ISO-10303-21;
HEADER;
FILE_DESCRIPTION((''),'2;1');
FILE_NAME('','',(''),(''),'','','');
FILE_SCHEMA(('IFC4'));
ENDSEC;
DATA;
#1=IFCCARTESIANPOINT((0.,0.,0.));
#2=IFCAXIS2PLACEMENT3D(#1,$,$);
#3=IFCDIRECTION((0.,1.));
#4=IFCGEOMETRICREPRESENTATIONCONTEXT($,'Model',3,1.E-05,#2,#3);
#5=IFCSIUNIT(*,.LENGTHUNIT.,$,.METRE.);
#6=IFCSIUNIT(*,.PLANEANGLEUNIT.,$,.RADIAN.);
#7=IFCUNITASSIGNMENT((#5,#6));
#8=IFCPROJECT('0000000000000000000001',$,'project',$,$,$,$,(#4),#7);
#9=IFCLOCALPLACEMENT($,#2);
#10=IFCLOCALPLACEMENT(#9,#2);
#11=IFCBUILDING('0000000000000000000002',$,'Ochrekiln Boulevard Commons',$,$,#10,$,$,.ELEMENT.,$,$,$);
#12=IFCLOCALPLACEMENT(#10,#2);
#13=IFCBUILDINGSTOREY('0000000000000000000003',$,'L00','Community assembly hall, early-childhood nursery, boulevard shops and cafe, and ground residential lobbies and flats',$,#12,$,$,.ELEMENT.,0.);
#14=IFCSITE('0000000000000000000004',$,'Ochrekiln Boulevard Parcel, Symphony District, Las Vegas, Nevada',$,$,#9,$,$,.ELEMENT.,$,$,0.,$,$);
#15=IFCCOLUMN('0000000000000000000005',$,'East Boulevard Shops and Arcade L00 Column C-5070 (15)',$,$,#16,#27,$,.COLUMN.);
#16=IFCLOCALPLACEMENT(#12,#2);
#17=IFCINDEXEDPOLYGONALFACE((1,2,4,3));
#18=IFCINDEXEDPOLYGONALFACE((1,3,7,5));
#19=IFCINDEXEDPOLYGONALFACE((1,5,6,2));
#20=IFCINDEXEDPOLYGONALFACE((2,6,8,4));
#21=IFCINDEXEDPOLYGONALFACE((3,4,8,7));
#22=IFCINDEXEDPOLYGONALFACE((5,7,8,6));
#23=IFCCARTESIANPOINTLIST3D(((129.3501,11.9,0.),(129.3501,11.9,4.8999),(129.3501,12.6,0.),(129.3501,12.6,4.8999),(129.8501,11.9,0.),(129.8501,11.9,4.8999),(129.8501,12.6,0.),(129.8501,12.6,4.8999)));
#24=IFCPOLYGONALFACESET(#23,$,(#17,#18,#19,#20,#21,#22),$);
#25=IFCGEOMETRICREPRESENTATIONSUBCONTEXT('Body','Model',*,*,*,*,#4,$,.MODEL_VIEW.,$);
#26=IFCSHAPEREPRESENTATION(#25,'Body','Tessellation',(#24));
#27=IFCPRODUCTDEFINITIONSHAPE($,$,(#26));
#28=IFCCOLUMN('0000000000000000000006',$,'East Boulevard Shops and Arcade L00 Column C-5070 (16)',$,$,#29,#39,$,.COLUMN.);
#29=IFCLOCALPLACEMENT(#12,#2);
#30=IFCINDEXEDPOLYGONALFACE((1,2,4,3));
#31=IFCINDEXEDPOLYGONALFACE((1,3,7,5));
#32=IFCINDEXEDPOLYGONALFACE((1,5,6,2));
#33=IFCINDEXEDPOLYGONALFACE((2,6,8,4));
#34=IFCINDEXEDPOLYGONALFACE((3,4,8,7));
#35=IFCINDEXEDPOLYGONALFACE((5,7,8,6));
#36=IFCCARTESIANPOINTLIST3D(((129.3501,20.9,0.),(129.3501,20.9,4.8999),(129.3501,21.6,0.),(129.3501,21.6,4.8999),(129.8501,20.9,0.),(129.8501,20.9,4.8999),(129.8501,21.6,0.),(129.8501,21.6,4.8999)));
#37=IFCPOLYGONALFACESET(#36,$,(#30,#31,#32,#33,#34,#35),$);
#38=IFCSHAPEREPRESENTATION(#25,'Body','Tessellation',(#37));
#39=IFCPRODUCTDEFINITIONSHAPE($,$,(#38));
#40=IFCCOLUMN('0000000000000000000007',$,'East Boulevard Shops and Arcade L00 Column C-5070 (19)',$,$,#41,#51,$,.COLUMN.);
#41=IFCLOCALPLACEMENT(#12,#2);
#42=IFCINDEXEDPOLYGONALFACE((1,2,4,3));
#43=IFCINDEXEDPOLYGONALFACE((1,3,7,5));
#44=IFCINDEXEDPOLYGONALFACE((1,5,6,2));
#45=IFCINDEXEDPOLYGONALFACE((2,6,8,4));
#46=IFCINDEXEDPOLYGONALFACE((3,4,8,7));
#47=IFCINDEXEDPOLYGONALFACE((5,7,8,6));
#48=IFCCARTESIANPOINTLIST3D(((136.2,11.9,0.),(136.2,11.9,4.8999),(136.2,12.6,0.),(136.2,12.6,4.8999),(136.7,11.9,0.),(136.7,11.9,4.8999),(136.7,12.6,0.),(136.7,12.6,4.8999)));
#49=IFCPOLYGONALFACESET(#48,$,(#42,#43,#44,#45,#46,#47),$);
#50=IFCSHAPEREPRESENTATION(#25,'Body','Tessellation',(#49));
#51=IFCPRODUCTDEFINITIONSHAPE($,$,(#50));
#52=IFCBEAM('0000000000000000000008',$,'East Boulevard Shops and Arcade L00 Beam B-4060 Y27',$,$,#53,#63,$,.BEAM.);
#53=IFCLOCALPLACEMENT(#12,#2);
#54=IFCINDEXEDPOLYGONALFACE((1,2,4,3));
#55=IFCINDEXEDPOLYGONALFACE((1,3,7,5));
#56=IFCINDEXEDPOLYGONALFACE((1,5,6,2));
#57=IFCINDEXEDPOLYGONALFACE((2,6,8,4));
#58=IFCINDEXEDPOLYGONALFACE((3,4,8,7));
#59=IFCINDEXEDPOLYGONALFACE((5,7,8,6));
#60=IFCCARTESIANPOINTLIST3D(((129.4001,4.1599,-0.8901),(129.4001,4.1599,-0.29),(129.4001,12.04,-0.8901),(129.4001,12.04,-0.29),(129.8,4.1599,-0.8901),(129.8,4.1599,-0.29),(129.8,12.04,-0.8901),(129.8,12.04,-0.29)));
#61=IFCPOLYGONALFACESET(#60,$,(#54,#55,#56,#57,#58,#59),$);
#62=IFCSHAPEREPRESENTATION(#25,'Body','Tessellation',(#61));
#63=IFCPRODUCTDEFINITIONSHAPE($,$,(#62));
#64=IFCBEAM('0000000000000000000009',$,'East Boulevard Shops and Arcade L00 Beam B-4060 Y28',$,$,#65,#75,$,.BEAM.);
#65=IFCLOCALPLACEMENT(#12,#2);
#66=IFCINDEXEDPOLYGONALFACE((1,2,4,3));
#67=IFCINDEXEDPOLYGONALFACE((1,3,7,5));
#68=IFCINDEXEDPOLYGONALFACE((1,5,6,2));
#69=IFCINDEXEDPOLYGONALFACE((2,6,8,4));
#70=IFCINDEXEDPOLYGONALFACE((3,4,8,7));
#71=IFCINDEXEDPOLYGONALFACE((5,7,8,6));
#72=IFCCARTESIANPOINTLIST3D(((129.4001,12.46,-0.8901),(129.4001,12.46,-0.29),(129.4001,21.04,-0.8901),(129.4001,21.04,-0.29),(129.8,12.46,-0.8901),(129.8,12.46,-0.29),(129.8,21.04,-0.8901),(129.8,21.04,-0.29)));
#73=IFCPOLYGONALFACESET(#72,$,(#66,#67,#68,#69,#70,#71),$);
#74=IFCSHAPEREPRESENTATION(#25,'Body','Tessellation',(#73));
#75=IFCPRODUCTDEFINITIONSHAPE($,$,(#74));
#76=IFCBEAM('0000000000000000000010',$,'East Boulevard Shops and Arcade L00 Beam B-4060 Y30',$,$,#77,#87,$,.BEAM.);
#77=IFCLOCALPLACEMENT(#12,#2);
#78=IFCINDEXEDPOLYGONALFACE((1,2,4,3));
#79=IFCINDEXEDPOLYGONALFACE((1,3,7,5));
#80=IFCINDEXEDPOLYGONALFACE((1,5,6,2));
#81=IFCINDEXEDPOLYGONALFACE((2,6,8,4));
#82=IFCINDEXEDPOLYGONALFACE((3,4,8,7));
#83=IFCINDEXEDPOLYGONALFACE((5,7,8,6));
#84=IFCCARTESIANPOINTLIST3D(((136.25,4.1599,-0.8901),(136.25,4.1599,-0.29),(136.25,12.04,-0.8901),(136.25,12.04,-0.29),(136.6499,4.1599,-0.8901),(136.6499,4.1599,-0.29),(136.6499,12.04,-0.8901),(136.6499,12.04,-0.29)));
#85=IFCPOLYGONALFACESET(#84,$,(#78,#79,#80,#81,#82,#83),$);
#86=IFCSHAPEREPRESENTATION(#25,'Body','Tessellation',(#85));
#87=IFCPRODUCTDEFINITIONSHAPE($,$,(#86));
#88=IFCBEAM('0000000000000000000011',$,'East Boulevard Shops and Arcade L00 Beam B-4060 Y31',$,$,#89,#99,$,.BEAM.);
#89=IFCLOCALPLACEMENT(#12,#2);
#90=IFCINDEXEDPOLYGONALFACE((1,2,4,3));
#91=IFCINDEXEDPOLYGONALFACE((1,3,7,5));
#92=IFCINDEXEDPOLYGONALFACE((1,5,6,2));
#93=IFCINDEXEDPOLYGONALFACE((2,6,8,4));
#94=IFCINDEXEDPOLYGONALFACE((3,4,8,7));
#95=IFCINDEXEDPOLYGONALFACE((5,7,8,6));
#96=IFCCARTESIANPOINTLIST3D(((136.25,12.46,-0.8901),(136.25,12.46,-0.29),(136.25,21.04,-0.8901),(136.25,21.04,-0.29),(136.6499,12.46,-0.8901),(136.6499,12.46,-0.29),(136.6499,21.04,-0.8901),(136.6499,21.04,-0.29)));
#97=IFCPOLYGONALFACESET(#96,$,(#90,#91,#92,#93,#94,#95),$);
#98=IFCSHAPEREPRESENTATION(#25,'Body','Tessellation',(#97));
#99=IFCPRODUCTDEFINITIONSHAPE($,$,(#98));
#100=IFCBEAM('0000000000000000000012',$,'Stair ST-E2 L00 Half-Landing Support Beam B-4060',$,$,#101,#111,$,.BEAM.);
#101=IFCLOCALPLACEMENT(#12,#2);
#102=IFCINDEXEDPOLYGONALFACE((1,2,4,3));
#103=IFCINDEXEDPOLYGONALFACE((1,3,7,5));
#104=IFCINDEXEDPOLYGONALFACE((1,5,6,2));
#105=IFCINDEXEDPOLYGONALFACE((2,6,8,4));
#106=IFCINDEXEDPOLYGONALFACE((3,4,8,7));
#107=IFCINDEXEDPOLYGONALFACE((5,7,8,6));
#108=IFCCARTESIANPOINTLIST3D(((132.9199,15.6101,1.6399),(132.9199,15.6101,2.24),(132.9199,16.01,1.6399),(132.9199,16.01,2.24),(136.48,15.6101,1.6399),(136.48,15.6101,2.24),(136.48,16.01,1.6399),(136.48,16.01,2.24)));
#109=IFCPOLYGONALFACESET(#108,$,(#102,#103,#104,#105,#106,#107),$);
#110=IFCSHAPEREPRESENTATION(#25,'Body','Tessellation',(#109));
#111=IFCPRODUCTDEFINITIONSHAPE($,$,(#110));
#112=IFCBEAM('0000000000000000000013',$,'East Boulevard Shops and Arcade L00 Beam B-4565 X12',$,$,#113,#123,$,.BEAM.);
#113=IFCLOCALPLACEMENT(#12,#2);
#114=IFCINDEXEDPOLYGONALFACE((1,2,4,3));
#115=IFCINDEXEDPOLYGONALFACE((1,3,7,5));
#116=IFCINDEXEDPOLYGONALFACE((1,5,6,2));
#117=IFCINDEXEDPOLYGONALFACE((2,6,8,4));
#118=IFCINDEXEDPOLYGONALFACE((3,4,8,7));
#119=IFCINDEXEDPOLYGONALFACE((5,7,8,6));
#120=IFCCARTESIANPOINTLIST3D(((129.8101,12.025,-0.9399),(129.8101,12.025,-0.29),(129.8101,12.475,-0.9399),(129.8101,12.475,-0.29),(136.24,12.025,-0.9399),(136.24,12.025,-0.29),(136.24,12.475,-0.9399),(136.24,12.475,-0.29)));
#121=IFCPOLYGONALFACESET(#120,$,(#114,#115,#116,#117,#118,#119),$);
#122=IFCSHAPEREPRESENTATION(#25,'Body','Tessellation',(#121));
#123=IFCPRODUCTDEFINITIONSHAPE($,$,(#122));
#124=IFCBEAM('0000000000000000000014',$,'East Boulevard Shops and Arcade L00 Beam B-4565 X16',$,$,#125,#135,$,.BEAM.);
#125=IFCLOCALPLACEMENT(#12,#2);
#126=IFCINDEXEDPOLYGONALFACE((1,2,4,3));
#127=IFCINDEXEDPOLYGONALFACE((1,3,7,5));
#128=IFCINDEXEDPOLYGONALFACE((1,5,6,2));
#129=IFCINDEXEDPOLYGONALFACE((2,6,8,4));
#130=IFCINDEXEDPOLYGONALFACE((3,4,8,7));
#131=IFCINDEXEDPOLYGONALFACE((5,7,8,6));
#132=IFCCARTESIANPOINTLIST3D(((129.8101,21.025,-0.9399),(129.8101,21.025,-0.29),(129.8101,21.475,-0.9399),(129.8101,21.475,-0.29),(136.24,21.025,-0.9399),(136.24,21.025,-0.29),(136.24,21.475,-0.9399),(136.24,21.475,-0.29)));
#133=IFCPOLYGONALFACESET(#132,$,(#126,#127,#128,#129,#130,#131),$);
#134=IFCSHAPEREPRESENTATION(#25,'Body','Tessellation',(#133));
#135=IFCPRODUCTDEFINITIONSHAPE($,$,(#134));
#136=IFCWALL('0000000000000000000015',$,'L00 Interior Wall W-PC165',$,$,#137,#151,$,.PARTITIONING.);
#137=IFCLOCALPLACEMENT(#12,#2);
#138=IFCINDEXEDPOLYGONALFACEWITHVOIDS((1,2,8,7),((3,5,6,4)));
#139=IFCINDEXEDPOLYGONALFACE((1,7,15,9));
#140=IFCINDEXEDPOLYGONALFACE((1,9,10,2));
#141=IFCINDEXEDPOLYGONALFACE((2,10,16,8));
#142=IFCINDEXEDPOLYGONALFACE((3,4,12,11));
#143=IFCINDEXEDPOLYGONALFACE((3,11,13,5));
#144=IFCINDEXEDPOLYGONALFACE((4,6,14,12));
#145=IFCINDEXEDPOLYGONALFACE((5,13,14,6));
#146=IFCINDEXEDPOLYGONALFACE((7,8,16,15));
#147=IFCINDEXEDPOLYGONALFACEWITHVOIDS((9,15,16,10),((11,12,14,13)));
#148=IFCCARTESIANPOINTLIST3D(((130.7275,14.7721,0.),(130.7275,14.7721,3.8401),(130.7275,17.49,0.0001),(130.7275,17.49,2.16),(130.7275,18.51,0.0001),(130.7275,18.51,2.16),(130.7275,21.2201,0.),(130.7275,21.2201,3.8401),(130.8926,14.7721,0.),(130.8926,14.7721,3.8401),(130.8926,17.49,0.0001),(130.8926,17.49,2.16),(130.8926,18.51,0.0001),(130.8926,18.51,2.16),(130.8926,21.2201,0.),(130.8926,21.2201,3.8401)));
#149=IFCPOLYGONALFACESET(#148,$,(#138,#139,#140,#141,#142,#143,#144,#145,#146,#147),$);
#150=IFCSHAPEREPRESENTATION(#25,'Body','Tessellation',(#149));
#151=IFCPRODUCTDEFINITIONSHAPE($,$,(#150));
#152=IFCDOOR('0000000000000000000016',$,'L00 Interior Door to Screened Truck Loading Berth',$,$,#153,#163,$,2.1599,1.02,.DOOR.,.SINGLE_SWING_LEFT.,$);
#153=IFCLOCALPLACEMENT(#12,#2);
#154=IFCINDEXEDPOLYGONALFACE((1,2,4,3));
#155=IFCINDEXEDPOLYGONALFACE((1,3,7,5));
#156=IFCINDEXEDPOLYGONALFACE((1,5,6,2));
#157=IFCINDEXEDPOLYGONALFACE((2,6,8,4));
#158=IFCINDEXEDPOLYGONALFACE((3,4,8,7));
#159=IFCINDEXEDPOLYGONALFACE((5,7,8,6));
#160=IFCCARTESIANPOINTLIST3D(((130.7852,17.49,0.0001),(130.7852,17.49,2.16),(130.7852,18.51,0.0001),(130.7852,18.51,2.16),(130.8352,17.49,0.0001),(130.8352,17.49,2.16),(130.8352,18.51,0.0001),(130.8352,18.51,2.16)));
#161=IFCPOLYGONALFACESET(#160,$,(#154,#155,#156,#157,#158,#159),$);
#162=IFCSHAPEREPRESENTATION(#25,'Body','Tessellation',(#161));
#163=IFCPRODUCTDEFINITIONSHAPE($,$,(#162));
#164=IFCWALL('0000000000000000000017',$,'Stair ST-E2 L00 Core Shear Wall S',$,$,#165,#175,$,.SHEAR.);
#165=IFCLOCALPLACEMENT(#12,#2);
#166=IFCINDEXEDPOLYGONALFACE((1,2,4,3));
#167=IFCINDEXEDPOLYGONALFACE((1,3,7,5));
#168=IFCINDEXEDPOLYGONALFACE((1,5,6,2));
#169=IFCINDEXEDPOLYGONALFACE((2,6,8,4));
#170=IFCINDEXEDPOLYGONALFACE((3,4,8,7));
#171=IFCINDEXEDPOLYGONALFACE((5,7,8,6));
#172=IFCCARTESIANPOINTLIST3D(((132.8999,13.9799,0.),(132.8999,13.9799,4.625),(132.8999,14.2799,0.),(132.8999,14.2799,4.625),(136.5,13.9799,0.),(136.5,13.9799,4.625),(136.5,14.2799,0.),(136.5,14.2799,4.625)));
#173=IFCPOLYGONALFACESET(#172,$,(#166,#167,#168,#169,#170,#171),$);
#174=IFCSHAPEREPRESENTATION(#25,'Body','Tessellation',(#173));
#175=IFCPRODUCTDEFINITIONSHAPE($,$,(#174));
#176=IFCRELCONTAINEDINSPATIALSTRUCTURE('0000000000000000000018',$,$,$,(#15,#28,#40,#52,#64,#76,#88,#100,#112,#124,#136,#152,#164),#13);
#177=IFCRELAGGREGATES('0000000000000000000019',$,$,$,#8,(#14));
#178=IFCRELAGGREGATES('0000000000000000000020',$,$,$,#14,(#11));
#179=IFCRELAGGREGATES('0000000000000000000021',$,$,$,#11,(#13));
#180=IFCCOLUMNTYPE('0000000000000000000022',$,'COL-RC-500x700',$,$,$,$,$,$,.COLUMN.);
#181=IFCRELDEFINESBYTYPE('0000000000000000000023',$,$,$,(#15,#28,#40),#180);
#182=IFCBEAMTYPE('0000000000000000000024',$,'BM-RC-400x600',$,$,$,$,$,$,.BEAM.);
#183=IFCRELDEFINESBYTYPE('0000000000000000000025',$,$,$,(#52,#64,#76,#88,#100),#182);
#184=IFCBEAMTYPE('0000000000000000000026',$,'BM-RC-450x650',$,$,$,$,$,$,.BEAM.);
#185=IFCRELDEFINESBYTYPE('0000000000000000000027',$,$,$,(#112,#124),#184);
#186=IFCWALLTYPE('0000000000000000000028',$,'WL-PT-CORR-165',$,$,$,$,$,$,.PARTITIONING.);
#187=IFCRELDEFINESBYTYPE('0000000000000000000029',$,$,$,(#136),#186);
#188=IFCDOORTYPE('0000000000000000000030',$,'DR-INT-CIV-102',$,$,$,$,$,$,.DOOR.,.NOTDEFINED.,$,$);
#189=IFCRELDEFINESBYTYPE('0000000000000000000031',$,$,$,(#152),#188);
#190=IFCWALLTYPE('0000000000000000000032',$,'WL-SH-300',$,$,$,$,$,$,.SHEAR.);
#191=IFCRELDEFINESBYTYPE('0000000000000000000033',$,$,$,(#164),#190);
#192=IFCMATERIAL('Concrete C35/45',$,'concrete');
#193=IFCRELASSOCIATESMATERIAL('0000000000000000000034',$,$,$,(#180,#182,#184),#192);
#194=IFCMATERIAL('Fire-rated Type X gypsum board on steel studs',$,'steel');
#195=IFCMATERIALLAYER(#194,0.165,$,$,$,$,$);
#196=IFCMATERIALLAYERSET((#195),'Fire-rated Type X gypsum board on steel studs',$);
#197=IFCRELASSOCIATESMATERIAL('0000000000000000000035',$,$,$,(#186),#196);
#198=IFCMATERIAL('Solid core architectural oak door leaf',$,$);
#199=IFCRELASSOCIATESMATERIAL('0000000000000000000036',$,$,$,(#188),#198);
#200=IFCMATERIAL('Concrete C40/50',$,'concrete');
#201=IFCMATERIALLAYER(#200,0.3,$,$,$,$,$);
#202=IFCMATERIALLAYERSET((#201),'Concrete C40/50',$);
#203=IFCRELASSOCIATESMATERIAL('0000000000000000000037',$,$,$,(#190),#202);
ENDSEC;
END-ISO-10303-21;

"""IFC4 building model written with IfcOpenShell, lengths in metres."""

from ifc_helpers import new_model, si_unit, direction, frame, frame_2d, origin, origin_2d, place, context, subcontext, project, spatial, rectangle, extrude, material, layer, layer_set, material_profile, profile_set, type_object, element, fill, save


model = new_model("IFC4")

# Units and contexts
model_context = context("Model", 3, precision=1e-05, world=origin(), true_north=direction((0.0, 1.0)))
body_context = subcontext(model_context, "Body", "Model", "MODEL_VIEW")
ifc_project = project(units=[si_unit("LENGTHUNIT", "METRE"), si_unit("PLANEANGLEUNIT", "RADIAN")], contexts=[model_context])

# Site, building, storey
site_placement = place(None, origin())
site = spatial("IfcSite", under=ifc_project, at=site_placement, Name="Ochrekiln Boulevard Parcel, Symphony District, Las Vegas, Nevada", CompositionType="ELEMENT", RefElevation=0.0)
building_placement = place(site_placement, origin())
building = spatial("IfcBuilding", under=site, at=building_placement, Name="Ochrekiln Boulevard Commons", CompositionType="ELEMENT")
storey_placement = place(building_placement, origin())
storey = spatial("IfcBuildingStorey", under=building, at=storey_placement, Name="L00", Description="Community assembly hall, early-childhood nursery, boulevard shops and cafe, and ground residential lobbies and flats", CompositionType="ELEMENT", Elevation=0.0)

# Columns
ifc_material_1 = material(Name="Concrete C35/45", Category="concrete")
ifc_material_profile_1 = material_profile(ifc_material_1, rectangle(XDim=0.5, YDim=0.7, at=origin_2d()), Name="RC-COL-500x700")
ifc_profile_set_1 = profile_set([ifc_material_profile_1], Name="Concrete C35/45")
column_type = type_object("IfcColumnType", Name="COL-RC-500x700", PredefinedType="COLUMN", material=ifc_profile_set_1)
for number, where, z_axis, x_axis, name in (
    (1, (129.6001, 12.25, 0.0), (0.0, 0.0, 1.0), (1.0, 0.0, 0.0), "East Boulevard Shops and Arcade L00 Column C-5070 (15)"),
    (2, (129.6001, 21.25, 0.0), (0.0, 0.0, 1.0), (1.0, 0.0, 0.0), "East Boulevard Shops and Arcade L00 Column C-5070 (16)"),
    (3, (136.45, 12.25, 0.0), (0.0, 0.0, 1.0), (1.0, 0.0, 0.0), "East Boulevard Shops and Arcade L00 Column C-5070 (19)"),
):
    element("IfcColumn", number, at=place(storey_placement, frame(where, z_axis=z_axis, x_axis=x_axis)), inside=storey, type_object=column_type, Name=name, PredefinedType="COLUMN", context=body_context, shape_type="SweptSolid", body=[
        extrude(rectangle(XDim=0.5, YDim=0.7, at=origin_2d()), origin(), (0.0, 0.0, 1.0), 4.8999),
    ])

# Beams
ifc_material_profile_2 = material_profile(ifc_material_1, rectangle(XDim=0.3999, YDim=0.6001, at=origin_2d()), Name="RC-BM-400x600")
ifc_profile_set_2 = profile_set([ifc_material_profile_2], Name="Concrete C35/45")
beam_type_1 = type_object("IfcBeamType", Name="BM-RC-400x600", PredefinedType="BEAM", material=ifc_profile_set_2)
beam_1_placement = place(storey_placement, frame((129.6001, 4.1599, -0.5901), z_axis=(0.0, 1.0, 0.0), x_axis=(-1.0, 0.0, 0.0)))
element("IfcBeam", 4, at=beam_1_placement, inside=storey, type_object=beam_type_1, Name="East Boulevard Shops and Arcade L00 Beam B-4060 Y27", PredefinedType="BEAM", context=body_context, shape_type="SweptSolid", body=[
    extrude(rectangle(XDim=0.3999, YDim=0.6001, at=origin_2d()), origin(), (0.0, 0.0, 1.0), 7.8801),
])
beam_2_placement = place(storey_placement, frame((129.6001, 12.46, -0.5901), z_axis=(0.0, 1.0, 0.0), x_axis=(-1.0, 0.0, 0.0)))
element("IfcBeam", 5, at=beam_2_placement, inside=storey, type_object=beam_type_1, Name="East Boulevard Shops and Arcade L00 Beam B-4060 Y28", PredefinedType="BEAM", context=body_context, shape_type="SweptSolid", body=[
    extrude(rectangle(XDim=0.3999, YDim=0.6001, at=origin_2d()), origin(), (0.0, 0.0, 1.0), 8.5801),
])
beam_3_placement = place(storey_placement, frame((136.45, 4.1599, -0.5901), z_axis=(0.0, 1.0, 0.0), x_axis=(-1.0, 0.0, 0.0)))
element("IfcBeam", 6, at=beam_3_placement, inside=storey, type_object=beam_type_1, Name="East Boulevard Shops and Arcade L00 Beam B-4060 Y30", PredefinedType="BEAM", context=body_context, shape_type="SweptSolid", body=[
    extrude(rectangle(XDim=0.3999, YDim=0.6001, at=origin_2d()), origin(), (0.0, 0.0, 1.0), 7.8801),
])
beam_4_placement = place(storey_placement, frame((136.45, 12.46, -0.5901), z_axis=(0.0, 1.0, 0.0), x_axis=(-1.0, 0.0, 0.0)))
element("IfcBeam", 7, at=beam_4_placement, inside=storey, type_object=beam_type_1, Name="East Boulevard Shops and Arcade L00 Beam B-4060 Y31", PredefinedType="BEAM", context=body_context, shape_type="SweptSolid", body=[
    extrude(rectangle(XDim=0.3999, YDim=0.6001, at=origin_2d()), origin(), (0.0, 0.0, 1.0), 8.5801),
])
beam_5_placement = place(storey_placement, frame((132.9199, 15.8101, 1.9399), z_axis=(1.0, 0.0, 0.0), x_axis=(0.0, 1.0, 0.0)))
element("IfcBeam", 8, at=beam_5_placement, inside=storey, type_object=beam_type_1, Name="Stair ST-E2 L00 Half-Landing Support Beam B-4060", PredefinedType="BEAM", context=body_context, shape_type="SweptSolid", body=[
    extrude(rectangle(XDim=0.3999, YDim=0.6001, at=origin_2d()), origin(), (0.0, 0.0, 1.0), 3.5601),
])
ifc_material_profile_3 = material_profile(ifc_material_1, rectangle(XDim=0.45, YDim=0.6499, at=origin_2d()), Name="RC-BM-450x650")
ifc_profile_set_3 = profile_set([ifc_material_profile_3], Name="Concrete C35/45")
beam_type_2 = type_object("IfcBeamType", Name="BM-RC-450x650", PredefinedType="BEAM", material=ifc_profile_set_3)
for number, where, z_axis, x_axis, name in (
    (9, (129.8101, 12.25, -0.615), (1.0, 0.0, 0.0), (0.0, 1.0, 0.0), "East Boulevard Shops and Arcade L00 Beam B-4565 X12"),
    (10, (129.8101, 21.25, -0.615), (1.0, 0.0, 0.0), (0.0, 1.0, 0.0), "East Boulevard Shops and Arcade L00 Beam B-4565 X16"),
):
    element("IfcBeam", number, at=place(storey_placement, frame(where, z_axis=z_axis, x_axis=x_axis)), inside=storey, type_object=beam_type_2, Name=name, PredefinedType="BEAM", context=body_context, shape_type="SweptSolid", body=[
        extrude(rectangle(XDim=0.45, YDim=0.6499, at=origin_2d()), origin(), (0.0, 0.0, 1.0), 6.4299),
    ])

# Wall, opening, door
ifc_material_2 = material(Name="Fire-rated Type X gypsum board on steel studs", Category="steel")
ifc_layer_1 = layer(ifc_material_2, 0.165)
ifc_layer_set_1 = layer_set([ifc_layer_1], Name="Fire-rated Type X gypsum board on steel studs")
wall_type_1 = type_object("IfcWallType", Name="WL-PT-CORR-165", PredefinedType="PARTITIONING", material=ifc_layer_set_1)
wall_1_placement = place(storey_placement, frame((130.8101, 14.772, 0.0), z_axis=(0.0, 0.0, 1.0), x_axis=(0.0, 1.0, 0.0)))
wall_1 = element("IfcWall", 11, at=wall_1_placement, inside=storey, type_object=wall_type_1, Name="L00 Interior Wall W-PC165", PredefinedType="PARTITIONING", context=body_context, shape_type="SweptSolid", body=[
    extrude(rectangle(XDim=6.448, YDim=0.165, at=frame_2d((3.2241, 0.0))), origin(), (0.0, 0.0, 1.0), 3.8401),
])
opening_1_placement = place(wall_1_placement, frame((2.718, 0.0, 0.0)))
opening_1 = element("IfcOpeningElement", 12, at=opening_1_placement, cuts=wall_1, PredefinedType="OPENING", context=body_context, shape_type="SweptSolid", body=[
    extrude(rectangle(XDim=1.02, YDim=2.1599, at=frame_2d((0.51, 1.0801))), frame((0.0, 0.0925, 0.0), z_axis=(0.0, -1.0, 0.0), x_axis=(1.0, 0.0, 0.0)), (0.0, 0.0, 1.0), 0.1851),
])
ifc_material_3 = material(Name="Solid core architectural oak door leaf")
door_type_1 = type_object("IfcDoorType", Name="DR-INT-CIV-102", OperationType="NOTDEFINED", PredefinedType="DOOR", material=ifc_material_3)
door_1_placement = place(opening_1_placement, origin())
door_1 = element("IfcDoor", 13, at=door_1_placement, inside=storey, type_object=door_type_1, Name="L00 Interior Door to Screened Truck Loading Berth", OperationType="SINGLE_SWING_LEFT", OverallHeight=2.1599, OverallWidth=1.02, PredefinedType="DOOR", context=body_context, shape_type="SweptSolid", body=[
    extrude(rectangle(XDim=1.02, YDim=2.1599, at=frame_2d((0.51, 1.0801))), frame((0.0, 0.0249, 0.0), z_axis=(0.0, -1.0, 0.0), x_axis=(1.0, 0.0, 0.0)), (0.0, 0.0, 1.0), 0.05),
])
fill(opening_1, door_1)

# Wall
ifc_material_4 = material(Name="Concrete C40/50", Category="concrete")
ifc_layer_2 = layer(ifc_material_4, 0.3)
ifc_layer_set_2 = layer_set([ifc_layer_2], Name="Concrete C40/50")
wall_type_2 = type_object("IfcWallType", Name="WL-SH-300", PredefinedType="SHEAR", material=ifc_layer_set_2)
wall_2_placement = place(storey_placement, frame((132.8999, 14.1299, 0.0), z_axis=(0.0, 0.0, 1.0), x_axis=(1.0, 0.0, 0.0)))
element("IfcWall", 14, at=wall_2_placement, inside=storey, type_object=wall_type_2, Name="Stair ST-E2 L00 Core Shear Wall S", PredefinedType="SHEAR", context=body_context, shape_type="SweptSolid", body=[
    extrude(rectangle(XDim=3.6001, YDim=0.3, at=frame_2d((1.8, 0.0))), origin(), (0.0, 0.0, 1.0), 4.625),
])

save(model, "model.ifc")
